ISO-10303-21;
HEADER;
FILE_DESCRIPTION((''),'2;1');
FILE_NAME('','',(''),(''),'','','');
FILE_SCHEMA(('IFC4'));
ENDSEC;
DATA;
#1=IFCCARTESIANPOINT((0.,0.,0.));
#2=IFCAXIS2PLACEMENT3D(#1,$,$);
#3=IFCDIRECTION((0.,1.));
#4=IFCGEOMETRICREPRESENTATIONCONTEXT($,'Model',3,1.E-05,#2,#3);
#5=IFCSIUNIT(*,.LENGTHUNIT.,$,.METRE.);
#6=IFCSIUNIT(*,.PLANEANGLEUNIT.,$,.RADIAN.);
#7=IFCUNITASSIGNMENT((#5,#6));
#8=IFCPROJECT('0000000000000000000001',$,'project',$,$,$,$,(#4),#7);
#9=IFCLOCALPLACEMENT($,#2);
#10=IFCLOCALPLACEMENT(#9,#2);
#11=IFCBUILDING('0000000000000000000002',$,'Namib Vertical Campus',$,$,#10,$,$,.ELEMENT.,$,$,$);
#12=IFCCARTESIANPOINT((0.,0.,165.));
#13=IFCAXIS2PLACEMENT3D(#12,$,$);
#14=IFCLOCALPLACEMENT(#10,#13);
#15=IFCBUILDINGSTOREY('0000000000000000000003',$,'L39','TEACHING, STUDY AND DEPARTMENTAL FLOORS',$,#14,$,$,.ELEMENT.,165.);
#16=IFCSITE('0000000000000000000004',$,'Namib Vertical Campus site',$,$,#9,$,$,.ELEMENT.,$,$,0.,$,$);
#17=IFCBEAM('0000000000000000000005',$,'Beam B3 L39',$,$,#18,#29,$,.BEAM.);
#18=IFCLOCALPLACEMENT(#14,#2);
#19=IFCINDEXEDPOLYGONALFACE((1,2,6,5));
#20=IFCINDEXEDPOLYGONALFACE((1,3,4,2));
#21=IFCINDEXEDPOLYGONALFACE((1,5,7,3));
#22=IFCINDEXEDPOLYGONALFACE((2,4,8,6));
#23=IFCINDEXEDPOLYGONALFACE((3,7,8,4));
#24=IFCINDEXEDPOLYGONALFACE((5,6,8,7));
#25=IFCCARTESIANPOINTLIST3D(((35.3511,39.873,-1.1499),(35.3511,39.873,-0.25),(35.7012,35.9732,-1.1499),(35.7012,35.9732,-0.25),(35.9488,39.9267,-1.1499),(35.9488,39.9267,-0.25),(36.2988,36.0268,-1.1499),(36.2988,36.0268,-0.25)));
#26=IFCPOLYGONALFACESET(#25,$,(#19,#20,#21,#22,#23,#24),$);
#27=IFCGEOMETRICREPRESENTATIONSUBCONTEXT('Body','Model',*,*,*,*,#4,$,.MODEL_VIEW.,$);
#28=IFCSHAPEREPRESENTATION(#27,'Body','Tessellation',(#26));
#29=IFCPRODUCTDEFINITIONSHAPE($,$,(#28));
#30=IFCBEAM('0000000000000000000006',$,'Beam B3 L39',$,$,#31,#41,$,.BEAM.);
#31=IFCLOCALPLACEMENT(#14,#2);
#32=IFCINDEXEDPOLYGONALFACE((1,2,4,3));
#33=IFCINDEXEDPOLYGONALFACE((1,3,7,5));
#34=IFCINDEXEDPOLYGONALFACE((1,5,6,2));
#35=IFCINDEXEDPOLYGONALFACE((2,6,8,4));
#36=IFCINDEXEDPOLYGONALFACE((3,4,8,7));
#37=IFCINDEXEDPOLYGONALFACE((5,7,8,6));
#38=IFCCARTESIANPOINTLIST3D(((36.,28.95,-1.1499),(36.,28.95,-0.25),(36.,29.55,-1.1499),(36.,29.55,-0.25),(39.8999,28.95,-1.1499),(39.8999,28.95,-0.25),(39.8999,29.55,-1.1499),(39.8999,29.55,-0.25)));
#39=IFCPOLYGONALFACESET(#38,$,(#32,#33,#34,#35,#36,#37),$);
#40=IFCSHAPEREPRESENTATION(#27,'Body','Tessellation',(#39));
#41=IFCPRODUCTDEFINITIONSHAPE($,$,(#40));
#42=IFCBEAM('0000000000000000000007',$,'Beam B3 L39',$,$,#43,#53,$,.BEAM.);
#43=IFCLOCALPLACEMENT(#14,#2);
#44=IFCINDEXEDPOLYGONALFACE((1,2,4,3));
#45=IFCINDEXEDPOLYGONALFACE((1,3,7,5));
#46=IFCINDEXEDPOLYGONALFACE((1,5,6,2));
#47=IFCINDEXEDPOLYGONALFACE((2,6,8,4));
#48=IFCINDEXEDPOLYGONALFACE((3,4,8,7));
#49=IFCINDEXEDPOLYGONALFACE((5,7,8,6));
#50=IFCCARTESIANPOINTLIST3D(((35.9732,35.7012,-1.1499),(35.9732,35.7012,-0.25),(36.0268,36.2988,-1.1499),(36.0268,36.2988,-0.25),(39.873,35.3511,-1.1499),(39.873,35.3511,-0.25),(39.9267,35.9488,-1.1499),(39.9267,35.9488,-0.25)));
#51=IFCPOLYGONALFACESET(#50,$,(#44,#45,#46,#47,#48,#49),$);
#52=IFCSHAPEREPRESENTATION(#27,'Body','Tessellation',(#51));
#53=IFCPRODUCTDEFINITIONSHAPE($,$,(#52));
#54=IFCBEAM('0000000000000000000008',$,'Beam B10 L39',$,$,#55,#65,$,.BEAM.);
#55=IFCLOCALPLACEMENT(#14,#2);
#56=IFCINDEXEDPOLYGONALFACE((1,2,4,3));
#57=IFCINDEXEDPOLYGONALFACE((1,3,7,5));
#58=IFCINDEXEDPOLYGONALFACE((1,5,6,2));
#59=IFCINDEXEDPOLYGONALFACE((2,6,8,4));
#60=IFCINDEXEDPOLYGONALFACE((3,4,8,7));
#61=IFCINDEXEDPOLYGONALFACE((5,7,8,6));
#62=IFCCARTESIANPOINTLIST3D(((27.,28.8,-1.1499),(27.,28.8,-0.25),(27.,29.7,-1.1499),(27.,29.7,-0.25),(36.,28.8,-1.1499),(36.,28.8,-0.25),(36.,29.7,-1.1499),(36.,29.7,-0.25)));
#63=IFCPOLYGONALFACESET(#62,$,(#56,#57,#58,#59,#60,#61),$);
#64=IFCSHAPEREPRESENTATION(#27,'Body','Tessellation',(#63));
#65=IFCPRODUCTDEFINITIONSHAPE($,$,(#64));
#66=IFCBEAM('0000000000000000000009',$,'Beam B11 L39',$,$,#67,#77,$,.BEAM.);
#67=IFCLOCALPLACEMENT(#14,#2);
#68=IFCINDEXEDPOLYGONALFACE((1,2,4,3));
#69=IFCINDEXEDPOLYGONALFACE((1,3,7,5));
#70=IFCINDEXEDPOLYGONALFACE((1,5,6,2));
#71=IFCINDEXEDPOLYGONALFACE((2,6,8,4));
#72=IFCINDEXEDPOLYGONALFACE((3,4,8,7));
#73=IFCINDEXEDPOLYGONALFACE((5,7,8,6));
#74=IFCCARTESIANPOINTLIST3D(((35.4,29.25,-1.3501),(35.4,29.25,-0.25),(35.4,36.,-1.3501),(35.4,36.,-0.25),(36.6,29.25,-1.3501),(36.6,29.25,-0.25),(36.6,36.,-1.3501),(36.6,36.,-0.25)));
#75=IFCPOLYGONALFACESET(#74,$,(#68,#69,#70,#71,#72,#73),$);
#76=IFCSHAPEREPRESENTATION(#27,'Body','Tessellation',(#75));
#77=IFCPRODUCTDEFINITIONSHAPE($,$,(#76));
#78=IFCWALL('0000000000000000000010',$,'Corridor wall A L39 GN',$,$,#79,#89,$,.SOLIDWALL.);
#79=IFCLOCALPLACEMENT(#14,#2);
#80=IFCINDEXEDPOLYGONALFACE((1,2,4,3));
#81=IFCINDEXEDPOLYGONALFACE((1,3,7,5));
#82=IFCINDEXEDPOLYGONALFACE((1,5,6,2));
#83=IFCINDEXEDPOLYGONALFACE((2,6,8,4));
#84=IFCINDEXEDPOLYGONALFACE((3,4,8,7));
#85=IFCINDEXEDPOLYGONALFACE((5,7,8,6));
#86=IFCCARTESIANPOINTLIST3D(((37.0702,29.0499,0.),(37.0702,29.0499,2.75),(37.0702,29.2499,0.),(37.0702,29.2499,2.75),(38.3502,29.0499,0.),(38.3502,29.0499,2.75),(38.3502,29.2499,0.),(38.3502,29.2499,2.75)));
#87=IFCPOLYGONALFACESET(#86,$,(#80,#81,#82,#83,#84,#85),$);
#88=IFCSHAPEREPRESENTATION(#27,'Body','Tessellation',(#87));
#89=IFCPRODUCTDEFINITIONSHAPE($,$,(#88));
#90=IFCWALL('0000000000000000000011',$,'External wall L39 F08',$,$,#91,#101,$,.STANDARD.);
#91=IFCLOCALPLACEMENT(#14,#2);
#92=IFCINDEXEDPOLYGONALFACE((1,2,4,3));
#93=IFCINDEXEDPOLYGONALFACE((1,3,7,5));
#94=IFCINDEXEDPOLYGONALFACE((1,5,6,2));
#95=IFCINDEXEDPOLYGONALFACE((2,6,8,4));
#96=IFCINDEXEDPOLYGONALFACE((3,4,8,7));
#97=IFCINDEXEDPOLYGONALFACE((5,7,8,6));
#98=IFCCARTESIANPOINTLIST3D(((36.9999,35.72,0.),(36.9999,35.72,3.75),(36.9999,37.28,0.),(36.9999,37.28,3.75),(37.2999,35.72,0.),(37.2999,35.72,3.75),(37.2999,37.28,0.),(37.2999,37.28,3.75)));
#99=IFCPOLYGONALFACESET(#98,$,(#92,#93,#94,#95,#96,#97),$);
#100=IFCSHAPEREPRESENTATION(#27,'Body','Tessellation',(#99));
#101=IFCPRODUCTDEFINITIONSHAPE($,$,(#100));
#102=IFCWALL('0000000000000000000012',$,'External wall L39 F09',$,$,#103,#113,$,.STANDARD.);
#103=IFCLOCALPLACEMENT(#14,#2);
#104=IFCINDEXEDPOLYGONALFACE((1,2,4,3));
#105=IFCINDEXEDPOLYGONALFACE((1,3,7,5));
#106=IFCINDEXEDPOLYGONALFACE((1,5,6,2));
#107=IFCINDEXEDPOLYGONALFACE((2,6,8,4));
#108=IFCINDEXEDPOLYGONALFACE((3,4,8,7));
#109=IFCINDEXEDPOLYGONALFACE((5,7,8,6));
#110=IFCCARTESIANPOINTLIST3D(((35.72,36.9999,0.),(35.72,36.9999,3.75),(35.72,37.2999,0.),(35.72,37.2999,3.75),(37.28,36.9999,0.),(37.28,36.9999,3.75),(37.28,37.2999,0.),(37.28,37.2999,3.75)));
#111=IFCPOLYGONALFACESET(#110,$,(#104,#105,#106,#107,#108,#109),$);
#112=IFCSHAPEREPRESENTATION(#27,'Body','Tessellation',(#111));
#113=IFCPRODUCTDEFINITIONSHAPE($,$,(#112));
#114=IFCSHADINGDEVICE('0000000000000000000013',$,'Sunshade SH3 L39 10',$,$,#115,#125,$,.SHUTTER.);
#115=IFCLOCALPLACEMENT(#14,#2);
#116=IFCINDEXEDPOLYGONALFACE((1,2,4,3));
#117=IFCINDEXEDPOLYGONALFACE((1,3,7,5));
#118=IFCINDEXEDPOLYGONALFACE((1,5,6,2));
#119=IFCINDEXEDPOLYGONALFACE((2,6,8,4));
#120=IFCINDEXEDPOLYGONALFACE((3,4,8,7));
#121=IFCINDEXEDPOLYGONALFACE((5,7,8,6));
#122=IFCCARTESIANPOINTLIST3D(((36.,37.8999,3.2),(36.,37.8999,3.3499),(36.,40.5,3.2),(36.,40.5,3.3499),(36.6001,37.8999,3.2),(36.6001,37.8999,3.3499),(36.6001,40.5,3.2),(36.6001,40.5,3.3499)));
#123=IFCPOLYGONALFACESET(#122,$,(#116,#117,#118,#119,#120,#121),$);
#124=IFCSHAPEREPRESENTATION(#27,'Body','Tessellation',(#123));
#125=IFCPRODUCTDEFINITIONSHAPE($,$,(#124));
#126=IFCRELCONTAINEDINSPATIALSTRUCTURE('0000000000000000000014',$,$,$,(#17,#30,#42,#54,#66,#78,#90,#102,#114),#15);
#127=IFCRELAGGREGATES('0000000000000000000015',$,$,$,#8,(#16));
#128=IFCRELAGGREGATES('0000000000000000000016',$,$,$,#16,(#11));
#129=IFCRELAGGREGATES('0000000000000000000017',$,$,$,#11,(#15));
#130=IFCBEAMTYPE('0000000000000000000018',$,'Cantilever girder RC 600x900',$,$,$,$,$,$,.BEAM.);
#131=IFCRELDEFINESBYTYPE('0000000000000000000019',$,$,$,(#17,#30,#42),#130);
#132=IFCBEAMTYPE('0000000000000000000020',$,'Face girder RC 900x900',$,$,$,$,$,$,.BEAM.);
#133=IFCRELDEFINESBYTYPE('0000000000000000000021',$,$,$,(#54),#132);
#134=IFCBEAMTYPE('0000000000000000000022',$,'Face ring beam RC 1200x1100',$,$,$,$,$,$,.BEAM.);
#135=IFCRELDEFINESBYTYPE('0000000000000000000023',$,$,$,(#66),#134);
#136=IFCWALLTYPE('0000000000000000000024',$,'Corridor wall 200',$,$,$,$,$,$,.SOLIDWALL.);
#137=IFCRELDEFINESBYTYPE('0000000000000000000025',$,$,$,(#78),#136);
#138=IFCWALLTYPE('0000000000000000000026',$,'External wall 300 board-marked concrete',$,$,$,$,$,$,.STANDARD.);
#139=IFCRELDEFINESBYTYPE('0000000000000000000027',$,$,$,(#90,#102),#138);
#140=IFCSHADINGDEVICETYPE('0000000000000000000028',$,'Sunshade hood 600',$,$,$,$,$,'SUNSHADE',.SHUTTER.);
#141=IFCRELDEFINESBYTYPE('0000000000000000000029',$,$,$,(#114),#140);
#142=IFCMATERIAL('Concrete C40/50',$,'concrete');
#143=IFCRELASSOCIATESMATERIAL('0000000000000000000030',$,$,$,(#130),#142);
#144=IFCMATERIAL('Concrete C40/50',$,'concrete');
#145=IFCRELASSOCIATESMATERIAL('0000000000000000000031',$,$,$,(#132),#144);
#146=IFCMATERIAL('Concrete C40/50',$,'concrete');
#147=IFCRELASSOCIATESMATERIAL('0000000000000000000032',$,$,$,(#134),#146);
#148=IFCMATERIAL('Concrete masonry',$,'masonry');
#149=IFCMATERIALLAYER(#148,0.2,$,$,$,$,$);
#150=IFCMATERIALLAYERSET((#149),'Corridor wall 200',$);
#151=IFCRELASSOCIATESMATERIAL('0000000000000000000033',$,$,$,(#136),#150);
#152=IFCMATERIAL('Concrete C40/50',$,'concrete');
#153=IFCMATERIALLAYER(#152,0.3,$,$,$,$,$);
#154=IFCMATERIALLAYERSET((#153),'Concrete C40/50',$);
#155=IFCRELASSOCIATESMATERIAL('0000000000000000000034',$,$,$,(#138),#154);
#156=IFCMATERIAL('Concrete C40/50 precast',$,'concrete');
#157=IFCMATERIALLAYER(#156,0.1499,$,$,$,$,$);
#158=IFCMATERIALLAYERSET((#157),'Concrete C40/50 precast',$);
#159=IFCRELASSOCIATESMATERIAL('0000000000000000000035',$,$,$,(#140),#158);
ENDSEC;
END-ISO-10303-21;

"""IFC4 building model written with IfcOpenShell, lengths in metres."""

from ifc_helpers import new_model, si_unit, direction, frame, frame_2d, origin, origin_2d, place, context, subcontext, project, spatial, rectangle, extrude, material, layer, layer_set, material_profile, profile_set, type_object, element, save


model = new_model("IFC4")

# Units and contexts
model_context = context("Model", 3, precision=1e-05, world=origin(), true_north=direction((0.0, 1.0)))
body_context = subcontext(model_context, "Body", "Model", "MODEL_VIEW")
ifc_project = project(units=[si_unit("LENGTHUNIT", "METRE"), si_unit("PLANEANGLEUNIT", "RADIAN")], contexts=[model_context])

# Site, building, storey
site_placement = place(None, origin())
site = spatial("IfcSite", under=ifc_project, at=site_placement, Name="Namib Vertical Campus site", CompositionType="ELEMENT", RefElevation=0.0)
building_placement = place(site_placement, origin())
building = spatial("IfcBuilding", under=site, at=building_placement, Name="Namib Vertical Campus", CompositionType="ELEMENT")
storey_placement = place(building_placement, frame((0.0, 0.0, 165.0)))
storey = spatial("IfcBuildingStorey", under=building, at=storey_placement, Name="L39", Description="TEACHING, STUDY AND DEPARTMENTAL FLOORS", CompositionType="ELEMENT", Elevation=165.0)

# Beams
ifc_material_1 = material(Name="Concrete C40/50", Category="concrete")
ifc_material_profile_1 = material_profile(ifc_material_1, rectangle(XDim=0.6001, YDim=0.8999, at=origin_2d()))
ifc_profile_set_1 = profile_set([ifc_material_profile_1], Name="Concrete C40/50")
beam_type_1 = type_object("IfcBeamType", Name="Cantilever girder RC 600x900", PredefinedType="BEAM", material=ifc_profile_set_1)
beam_1_placement = place(storey_placement, frame((36.0, 36.0, -0.7), z_axis=(-0.089411, 0.995995, 0.0), x_axis=(-0.995995, -0.089411, 0.0)))
element("IfcBeam", 1, at=beam_1_placement, inside=storey, type_object=beam_type_1, Name="Beam B3 L39", PredefinedType="BEAM", context=body_context, shape_type="SweptSolid", body=[
    extrude(rectangle(XDim=0.6001, YDim=0.8999, at=origin_2d()), origin(), (0.0, 0.0, 1.0), 3.9155),
])
beam_2_placement = place(storey_placement, frame((36.0, 29.25, -0.7), z_axis=(1.0, 0.0, 0.0), x_axis=(0.0, 1.0, 0.0)))
element("IfcBeam", 2, at=beam_2_placement, inside=storey, type_object=beam_type_1, Name="Beam B3 L39", PredefinedType="BEAM", context=body_context, shape_type="SweptSolid", body=[
    extrude(rectangle(XDim=0.6001, YDim=0.8999, at=origin_2d()), origin(), (0.0, 0.0, 1.0), 3.8999),
])
beam_3_placement = place(storey_placement, frame((36.0, 36.0, -0.7), z_axis=(0.995995, -0.089411, 0.0), x_axis=(0.089411, 0.995995, 0.0)))
element("IfcBeam", 3, at=beam_3_placement, inside=storey, type_object=beam_type_1, Name="Beam B3 L39", PredefinedType="BEAM", context=body_context, shape_type="SweptSolid", body=[
    extrude(rectangle(XDim=0.6001, YDim=0.8999, at=origin_2d()), origin(), (0.0, 0.0, 1.0), 3.9155),
])
ifc_material_2 = material(Name="Concrete C40/50", Category="concrete")
ifc_material_profile_2 = material_profile(ifc_material_2, rectangle(XDim=0.8999, YDim=0.8999, at=origin_2d()))
ifc_profile_set_2 = profile_set([ifc_material_profile_2], Name="Concrete C40/50")
beam_type_2 = type_object("IfcBeamType", Name="Face girder RC 900x900", PredefinedType="BEAM", material=ifc_profile_set_2)
beam_4_placement = place(storey_placement, frame((36.0, 29.25, -0.7), z_axis=(-1.0, 0.0, 0.0), x_axis=(0.0, -1.0, 0.0)))
element("IfcBeam", 4, at=beam_4_placement, inside=storey, type_object=beam_type_2, Name="Beam B10 L39", PredefinedType="BEAM", context=body_context, shape_type="SweptSolid", body=[
    extrude(rectangle(XDim=0.8999, YDim=0.8999, at=origin_2d()), origin(), (0.0, 0.0, 1.0), 9.0),
])
ifc_material_3 = material(Name="Concrete C40/50", Category="concrete")
ifc_material_profile_3 = material_profile(ifc_material_3, rectangle(XDim=1.2, YDim=1.1001, at=origin_2d()))
ifc_profile_set_3 = profile_set([ifc_material_profile_3], Name="Concrete C40/50")
beam_type_3 = type_object("IfcBeamType", Name="Face ring beam RC 1200x1100", PredefinedType="BEAM", material=ifc_profile_set_3)
beam_5_placement = place(storey_placement, frame((36.0, 29.25, -0.8), z_axis=(0.0, 1.0, 0.0), x_axis=(-1.0, 0.0, 0.0)))
element("IfcBeam", 5, at=beam_5_placement, inside=storey, type_object=beam_type_3, Name="Beam B11 L39", PredefinedType="BEAM", context=body_context, shape_type="SweptSolid", body=[
    extrude(rectangle(XDim=1.2, YDim=1.1001, at=origin_2d()), origin(), (0.0, 0.0, 1.0), 6.75),
])

# Walls
ifc_material_4 = material(Name="Concrete masonry", Category="masonry")
ifc_layer_1 = layer(ifc_material_4, 0.2)
ifc_layer_set_1 = layer_set([ifc_layer_1], Name="Corridor wall 200")
wall_type_1 = type_object("IfcWallType", Name="Corridor wall 200", PredefinedType="SOLIDWALL", material=ifc_layer_set_1)
wall_placement = place(storey_placement, frame((37.0701, 29.1499, 0.0), z_axis=(0.0, 0.0, 1.0), x_axis=(1.0, 0.0, 0.0)))
element("IfcWall", 6, at=wall_placement, inside=storey, type_object=wall_type_1, Name="Corridor wall A L39 GN", PredefinedType="SOLIDWALL", context=body_context, shape_type="SweptSolid", body=[
    extrude(rectangle(XDim=1.28, YDim=0.2, at=frame_2d((0.6401, 0.0))), origin(), (0.0, 0.0, 1.0), 2.75),
])
ifc_material_5 = material(Name="Concrete C40/50", Category="concrete")
ifc_layer_2 = layer(ifc_material_5, 0.3)
ifc_layer_set_2 = layer_set([ifc_layer_2], Name="Concrete C40/50")
wall_type_2 = type_object("IfcWallType", Name="External wall 300 board-marked concrete", PredefinedType="STANDARD", material=ifc_layer_set_2)
for number, where, z_axis, x_axis, name in (
    (7, (37.1499, 35.72, 0.0), (0.0, 0.0, 1.0), (0.0, 1.0, 0.0), "External wall L39 F08"),
    (8, (37.28, 37.1499, 0.0), (0.0, 0.0, 1.0), (-1.0, 0.0, 0.0), "External wall L39 F09"),
):
    element("IfcWall", number, at=place(storey_placement, frame(where, z_axis=z_axis, x_axis=x_axis)), inside=storey, type_object=wall_type_2, Name=name, PredefinedType="STANDARD", context=body_context, shape_type="SweptSolid", body=[
        extrude(rectangle(XDim=1.5601, YDim=0.3, at=frame_2d((0.78, 0.0))), origin(), (0.0, 0.0, 1.0), 3.75),
    ])

# Shading device
ifc_material_6 = material(Name="Concrete C40/50 precast", Category="concrete")
ifc_layer_3 = layer(ifc_material_6, 0.1499)
ifc_layer_set_3 = layer_set([ifc_layer_3], Name="Concrete C40/50 precast")
shading_device_type = type_object("IfcShadingDeviceType", Name="Sunshade hood 600", ElementType="SUNSHADE", PredefinedType="SHUTTER", material=ifc_layer_set_3)
shading_device_placement = place(storey_placement, frame((36.3, 39.2, 3.2), z_axis=(0.0, 0.0, 1.0), x_axis=(0.0, 1.0, 0.0)))
element("IfcShadingDevice", 9, at=shading_device_placement, inside=storey, type_object=shading_device_type, Name="Sunshade SH3 L39 10", PredefinedType="SHUTTER", context=body_context, shape_type="SweptSolid", body=[
    extrude(rectangle(XDim=2.6001, YDim=0.6001, at=origin_2d()), origin(), (0.0, 0.0, 1.0), 0.1499),
])

save(model, "model.ifc")
